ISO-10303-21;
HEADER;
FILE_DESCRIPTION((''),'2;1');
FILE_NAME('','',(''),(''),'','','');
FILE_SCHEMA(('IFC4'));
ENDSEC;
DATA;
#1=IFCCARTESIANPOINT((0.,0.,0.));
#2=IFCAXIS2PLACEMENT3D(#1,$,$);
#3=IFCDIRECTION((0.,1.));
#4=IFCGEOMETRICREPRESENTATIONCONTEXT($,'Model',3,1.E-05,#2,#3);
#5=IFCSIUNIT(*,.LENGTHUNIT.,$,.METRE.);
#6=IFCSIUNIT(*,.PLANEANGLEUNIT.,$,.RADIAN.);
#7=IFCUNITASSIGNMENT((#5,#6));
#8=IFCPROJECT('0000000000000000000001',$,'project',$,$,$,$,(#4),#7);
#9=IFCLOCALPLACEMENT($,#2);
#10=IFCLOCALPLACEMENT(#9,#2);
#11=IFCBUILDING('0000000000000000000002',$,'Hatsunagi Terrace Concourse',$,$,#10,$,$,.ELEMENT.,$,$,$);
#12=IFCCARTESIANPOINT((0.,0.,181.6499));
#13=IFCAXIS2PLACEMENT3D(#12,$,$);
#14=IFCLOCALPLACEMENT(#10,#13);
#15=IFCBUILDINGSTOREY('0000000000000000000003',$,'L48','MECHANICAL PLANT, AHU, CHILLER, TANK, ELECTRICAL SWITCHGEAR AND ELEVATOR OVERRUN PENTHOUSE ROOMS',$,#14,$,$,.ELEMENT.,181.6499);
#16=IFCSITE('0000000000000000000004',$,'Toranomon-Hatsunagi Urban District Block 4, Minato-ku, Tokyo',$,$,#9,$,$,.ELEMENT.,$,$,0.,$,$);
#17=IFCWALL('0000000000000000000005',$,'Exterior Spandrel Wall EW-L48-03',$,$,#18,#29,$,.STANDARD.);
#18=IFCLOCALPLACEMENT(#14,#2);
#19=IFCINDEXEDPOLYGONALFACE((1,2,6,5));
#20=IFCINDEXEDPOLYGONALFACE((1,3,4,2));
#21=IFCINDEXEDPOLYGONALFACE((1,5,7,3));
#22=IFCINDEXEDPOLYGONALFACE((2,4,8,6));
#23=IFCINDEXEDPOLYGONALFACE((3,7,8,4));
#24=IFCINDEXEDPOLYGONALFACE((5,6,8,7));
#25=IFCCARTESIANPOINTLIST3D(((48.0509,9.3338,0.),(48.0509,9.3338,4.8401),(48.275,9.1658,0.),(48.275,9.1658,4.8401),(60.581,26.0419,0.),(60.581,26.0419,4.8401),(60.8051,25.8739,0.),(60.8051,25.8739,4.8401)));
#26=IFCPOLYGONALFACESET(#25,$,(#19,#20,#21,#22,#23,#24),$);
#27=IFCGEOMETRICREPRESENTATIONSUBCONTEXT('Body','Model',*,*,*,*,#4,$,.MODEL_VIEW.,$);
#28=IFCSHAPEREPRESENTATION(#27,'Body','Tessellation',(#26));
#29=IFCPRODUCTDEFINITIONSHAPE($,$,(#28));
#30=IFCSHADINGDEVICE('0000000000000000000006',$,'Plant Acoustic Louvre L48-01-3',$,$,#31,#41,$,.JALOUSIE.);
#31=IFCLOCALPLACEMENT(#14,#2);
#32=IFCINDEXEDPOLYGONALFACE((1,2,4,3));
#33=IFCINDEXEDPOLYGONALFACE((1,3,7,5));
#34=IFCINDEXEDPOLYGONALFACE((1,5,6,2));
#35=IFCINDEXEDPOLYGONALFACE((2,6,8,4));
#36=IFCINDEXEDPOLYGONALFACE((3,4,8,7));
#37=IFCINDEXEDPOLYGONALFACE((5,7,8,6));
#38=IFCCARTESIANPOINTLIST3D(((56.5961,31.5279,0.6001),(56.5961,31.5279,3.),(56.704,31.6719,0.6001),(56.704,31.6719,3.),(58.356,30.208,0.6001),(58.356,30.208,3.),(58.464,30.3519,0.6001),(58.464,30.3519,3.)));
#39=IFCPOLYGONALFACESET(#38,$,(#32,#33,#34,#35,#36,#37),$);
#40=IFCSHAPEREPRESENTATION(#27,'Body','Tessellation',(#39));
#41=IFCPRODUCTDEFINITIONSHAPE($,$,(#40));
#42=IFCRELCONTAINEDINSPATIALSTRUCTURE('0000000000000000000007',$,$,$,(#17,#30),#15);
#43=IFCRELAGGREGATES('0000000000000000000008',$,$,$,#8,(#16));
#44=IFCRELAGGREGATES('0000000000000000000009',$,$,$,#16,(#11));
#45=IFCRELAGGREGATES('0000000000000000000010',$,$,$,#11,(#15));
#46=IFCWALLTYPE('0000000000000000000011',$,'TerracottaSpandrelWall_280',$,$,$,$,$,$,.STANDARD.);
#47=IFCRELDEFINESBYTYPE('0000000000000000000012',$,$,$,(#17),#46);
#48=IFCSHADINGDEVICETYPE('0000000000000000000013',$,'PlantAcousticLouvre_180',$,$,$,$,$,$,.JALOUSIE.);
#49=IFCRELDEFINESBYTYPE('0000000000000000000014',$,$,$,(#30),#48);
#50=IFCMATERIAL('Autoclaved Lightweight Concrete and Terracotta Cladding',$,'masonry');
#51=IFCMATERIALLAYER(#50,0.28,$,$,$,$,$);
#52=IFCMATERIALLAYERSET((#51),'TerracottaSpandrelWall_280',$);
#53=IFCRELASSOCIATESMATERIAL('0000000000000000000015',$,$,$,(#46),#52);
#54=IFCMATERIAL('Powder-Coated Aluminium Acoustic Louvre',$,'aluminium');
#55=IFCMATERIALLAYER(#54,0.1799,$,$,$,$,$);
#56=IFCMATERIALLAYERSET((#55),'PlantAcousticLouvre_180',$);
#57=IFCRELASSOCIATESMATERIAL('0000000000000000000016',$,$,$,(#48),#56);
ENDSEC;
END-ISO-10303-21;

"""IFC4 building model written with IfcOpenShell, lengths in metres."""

from ifc_helpers import new_model, si_unit, direction, frame, frame_2d, origin, origin_2d, place, context, subcontext, project, spatial, rectangle, extrude, material, layer, layer_set, type_object, element, save


model = new_model("IFC4")

# Units and contexts
model_context = context("Model", 3, precision=1e-05, world=origin(), true_north=direction((0.0, 1.0)))
body_context = subcontext(model_context, "Body", "Model", "MODEL_VIEW")
ifc_project = project(units=[si_unit("LENGTHUNIT", "METRE"), si_unit("PLANEANGLEUNIT", "RADIAN")], contexts=[model_context])

# Site, building, storey
site_placement = place(None, origin())
site = spatial("IfcSite", under=ifc_project, at=site_placement, Name="Toranomon-Hatsunagi Urban District Block 4, Minato-ku, Tokyo", CompositionType="ELEMENT", RefElevation=0.0)
building_placement = place(site_placement, origin())
building = spatial("IfcBuilding", under=site, at=building_placement, Name="Hatsunagi Terrace Concourse", CompositionType="ELEMENT")
storey_placement = place(building_placement, frame((0.0, 0.0, 181.6499)))
storey = spatial("IfcBuildingStorey", under=building, at=storey_placement, Name="L48", Description="MECHANICAL PLANT, AHU, CHILLER, TANK, ELECTRICAL SWITCHGEAR AND ELEVATOR OVERRUN PENTHOUSE ROOMS", CompositionType="ELEMENT", Elevation=181.6499)

# Wall
ifc_material_1 = material(Name="Autoclaved Lightweight Concrete and Terracotta Cladding", Category="masonry")
ifc_layer_1 = layer(ifc_material_1, 0.28)
ifc_layer_set_1 = layer_set([ifc_layer_1], Name="TerracottaSpandrelWall_280")
wall_type_1 = type_object("IfcWallType", Name="TerracottaSpandrelWall_280", PredefinedType="STANDARD", material=ifc_layer_set_1)
wall_1_placement = place(storey_placement, frame((60.6931, 25.958, 0.0), z_axis=(0.0, 0.0, 1.0), x_axis=(-0.59997, -0.800022, 0.0)))
element("IfcWall", 1, at=wall_1_placement, inside=storey, type_object=wall_type_1, Name="Exterior Spandrel Wall EW-L48-03", PredefinedType="STANDARD", context=body_context, shape_type="SweptSolid", body=[
    extrude(rectangle(XDim=20.8845, YDim=0.28, at=frame_2d((10.4424, 0.0))), origin(), (0.0, 0.0, 1.0), 4.8401),
])

# Shading device
ifc_material_2 = material(Name="Powder-Coated Aluminium Acoustic Louvre", Category="aluminium")
ifc_layer_2 = layer(ifc_material_2, 0.1799)
ifc_layer_set_2 = layer_set([ifc_layer_2], Name="PlantAcousticLouvre_180")
shading_device_type = type_object("IfcShadingDeviceType", Name="PlantAcousticLouvre_180", PredefinedType="JALOUSIE", material=ifc_layer_set_2)
shading_device_placement = place(storey_placement, frame((57.53, 30.9399, 0.6001), z_axis=(0.0, 0.0, 1.0), x_axis=(0.800013, -0.599983, 0.0)))
element("IfcShadingDevice", 2, at=shading_device_placement, inside=storey, type_object=shading_device_type, Name="Plant Acoustic Louvre L48-01-3", PredefinedType="JALOUSIE", context=body_context, shape_type="SweptSolid", body=[
    extrude(rectangle(XDim=2.2, YDim=0.1799, at=origin_2d()), origin(), (0.0, 0.0, 1.0), 2.3999),
])

save(model, "model.ifc")
